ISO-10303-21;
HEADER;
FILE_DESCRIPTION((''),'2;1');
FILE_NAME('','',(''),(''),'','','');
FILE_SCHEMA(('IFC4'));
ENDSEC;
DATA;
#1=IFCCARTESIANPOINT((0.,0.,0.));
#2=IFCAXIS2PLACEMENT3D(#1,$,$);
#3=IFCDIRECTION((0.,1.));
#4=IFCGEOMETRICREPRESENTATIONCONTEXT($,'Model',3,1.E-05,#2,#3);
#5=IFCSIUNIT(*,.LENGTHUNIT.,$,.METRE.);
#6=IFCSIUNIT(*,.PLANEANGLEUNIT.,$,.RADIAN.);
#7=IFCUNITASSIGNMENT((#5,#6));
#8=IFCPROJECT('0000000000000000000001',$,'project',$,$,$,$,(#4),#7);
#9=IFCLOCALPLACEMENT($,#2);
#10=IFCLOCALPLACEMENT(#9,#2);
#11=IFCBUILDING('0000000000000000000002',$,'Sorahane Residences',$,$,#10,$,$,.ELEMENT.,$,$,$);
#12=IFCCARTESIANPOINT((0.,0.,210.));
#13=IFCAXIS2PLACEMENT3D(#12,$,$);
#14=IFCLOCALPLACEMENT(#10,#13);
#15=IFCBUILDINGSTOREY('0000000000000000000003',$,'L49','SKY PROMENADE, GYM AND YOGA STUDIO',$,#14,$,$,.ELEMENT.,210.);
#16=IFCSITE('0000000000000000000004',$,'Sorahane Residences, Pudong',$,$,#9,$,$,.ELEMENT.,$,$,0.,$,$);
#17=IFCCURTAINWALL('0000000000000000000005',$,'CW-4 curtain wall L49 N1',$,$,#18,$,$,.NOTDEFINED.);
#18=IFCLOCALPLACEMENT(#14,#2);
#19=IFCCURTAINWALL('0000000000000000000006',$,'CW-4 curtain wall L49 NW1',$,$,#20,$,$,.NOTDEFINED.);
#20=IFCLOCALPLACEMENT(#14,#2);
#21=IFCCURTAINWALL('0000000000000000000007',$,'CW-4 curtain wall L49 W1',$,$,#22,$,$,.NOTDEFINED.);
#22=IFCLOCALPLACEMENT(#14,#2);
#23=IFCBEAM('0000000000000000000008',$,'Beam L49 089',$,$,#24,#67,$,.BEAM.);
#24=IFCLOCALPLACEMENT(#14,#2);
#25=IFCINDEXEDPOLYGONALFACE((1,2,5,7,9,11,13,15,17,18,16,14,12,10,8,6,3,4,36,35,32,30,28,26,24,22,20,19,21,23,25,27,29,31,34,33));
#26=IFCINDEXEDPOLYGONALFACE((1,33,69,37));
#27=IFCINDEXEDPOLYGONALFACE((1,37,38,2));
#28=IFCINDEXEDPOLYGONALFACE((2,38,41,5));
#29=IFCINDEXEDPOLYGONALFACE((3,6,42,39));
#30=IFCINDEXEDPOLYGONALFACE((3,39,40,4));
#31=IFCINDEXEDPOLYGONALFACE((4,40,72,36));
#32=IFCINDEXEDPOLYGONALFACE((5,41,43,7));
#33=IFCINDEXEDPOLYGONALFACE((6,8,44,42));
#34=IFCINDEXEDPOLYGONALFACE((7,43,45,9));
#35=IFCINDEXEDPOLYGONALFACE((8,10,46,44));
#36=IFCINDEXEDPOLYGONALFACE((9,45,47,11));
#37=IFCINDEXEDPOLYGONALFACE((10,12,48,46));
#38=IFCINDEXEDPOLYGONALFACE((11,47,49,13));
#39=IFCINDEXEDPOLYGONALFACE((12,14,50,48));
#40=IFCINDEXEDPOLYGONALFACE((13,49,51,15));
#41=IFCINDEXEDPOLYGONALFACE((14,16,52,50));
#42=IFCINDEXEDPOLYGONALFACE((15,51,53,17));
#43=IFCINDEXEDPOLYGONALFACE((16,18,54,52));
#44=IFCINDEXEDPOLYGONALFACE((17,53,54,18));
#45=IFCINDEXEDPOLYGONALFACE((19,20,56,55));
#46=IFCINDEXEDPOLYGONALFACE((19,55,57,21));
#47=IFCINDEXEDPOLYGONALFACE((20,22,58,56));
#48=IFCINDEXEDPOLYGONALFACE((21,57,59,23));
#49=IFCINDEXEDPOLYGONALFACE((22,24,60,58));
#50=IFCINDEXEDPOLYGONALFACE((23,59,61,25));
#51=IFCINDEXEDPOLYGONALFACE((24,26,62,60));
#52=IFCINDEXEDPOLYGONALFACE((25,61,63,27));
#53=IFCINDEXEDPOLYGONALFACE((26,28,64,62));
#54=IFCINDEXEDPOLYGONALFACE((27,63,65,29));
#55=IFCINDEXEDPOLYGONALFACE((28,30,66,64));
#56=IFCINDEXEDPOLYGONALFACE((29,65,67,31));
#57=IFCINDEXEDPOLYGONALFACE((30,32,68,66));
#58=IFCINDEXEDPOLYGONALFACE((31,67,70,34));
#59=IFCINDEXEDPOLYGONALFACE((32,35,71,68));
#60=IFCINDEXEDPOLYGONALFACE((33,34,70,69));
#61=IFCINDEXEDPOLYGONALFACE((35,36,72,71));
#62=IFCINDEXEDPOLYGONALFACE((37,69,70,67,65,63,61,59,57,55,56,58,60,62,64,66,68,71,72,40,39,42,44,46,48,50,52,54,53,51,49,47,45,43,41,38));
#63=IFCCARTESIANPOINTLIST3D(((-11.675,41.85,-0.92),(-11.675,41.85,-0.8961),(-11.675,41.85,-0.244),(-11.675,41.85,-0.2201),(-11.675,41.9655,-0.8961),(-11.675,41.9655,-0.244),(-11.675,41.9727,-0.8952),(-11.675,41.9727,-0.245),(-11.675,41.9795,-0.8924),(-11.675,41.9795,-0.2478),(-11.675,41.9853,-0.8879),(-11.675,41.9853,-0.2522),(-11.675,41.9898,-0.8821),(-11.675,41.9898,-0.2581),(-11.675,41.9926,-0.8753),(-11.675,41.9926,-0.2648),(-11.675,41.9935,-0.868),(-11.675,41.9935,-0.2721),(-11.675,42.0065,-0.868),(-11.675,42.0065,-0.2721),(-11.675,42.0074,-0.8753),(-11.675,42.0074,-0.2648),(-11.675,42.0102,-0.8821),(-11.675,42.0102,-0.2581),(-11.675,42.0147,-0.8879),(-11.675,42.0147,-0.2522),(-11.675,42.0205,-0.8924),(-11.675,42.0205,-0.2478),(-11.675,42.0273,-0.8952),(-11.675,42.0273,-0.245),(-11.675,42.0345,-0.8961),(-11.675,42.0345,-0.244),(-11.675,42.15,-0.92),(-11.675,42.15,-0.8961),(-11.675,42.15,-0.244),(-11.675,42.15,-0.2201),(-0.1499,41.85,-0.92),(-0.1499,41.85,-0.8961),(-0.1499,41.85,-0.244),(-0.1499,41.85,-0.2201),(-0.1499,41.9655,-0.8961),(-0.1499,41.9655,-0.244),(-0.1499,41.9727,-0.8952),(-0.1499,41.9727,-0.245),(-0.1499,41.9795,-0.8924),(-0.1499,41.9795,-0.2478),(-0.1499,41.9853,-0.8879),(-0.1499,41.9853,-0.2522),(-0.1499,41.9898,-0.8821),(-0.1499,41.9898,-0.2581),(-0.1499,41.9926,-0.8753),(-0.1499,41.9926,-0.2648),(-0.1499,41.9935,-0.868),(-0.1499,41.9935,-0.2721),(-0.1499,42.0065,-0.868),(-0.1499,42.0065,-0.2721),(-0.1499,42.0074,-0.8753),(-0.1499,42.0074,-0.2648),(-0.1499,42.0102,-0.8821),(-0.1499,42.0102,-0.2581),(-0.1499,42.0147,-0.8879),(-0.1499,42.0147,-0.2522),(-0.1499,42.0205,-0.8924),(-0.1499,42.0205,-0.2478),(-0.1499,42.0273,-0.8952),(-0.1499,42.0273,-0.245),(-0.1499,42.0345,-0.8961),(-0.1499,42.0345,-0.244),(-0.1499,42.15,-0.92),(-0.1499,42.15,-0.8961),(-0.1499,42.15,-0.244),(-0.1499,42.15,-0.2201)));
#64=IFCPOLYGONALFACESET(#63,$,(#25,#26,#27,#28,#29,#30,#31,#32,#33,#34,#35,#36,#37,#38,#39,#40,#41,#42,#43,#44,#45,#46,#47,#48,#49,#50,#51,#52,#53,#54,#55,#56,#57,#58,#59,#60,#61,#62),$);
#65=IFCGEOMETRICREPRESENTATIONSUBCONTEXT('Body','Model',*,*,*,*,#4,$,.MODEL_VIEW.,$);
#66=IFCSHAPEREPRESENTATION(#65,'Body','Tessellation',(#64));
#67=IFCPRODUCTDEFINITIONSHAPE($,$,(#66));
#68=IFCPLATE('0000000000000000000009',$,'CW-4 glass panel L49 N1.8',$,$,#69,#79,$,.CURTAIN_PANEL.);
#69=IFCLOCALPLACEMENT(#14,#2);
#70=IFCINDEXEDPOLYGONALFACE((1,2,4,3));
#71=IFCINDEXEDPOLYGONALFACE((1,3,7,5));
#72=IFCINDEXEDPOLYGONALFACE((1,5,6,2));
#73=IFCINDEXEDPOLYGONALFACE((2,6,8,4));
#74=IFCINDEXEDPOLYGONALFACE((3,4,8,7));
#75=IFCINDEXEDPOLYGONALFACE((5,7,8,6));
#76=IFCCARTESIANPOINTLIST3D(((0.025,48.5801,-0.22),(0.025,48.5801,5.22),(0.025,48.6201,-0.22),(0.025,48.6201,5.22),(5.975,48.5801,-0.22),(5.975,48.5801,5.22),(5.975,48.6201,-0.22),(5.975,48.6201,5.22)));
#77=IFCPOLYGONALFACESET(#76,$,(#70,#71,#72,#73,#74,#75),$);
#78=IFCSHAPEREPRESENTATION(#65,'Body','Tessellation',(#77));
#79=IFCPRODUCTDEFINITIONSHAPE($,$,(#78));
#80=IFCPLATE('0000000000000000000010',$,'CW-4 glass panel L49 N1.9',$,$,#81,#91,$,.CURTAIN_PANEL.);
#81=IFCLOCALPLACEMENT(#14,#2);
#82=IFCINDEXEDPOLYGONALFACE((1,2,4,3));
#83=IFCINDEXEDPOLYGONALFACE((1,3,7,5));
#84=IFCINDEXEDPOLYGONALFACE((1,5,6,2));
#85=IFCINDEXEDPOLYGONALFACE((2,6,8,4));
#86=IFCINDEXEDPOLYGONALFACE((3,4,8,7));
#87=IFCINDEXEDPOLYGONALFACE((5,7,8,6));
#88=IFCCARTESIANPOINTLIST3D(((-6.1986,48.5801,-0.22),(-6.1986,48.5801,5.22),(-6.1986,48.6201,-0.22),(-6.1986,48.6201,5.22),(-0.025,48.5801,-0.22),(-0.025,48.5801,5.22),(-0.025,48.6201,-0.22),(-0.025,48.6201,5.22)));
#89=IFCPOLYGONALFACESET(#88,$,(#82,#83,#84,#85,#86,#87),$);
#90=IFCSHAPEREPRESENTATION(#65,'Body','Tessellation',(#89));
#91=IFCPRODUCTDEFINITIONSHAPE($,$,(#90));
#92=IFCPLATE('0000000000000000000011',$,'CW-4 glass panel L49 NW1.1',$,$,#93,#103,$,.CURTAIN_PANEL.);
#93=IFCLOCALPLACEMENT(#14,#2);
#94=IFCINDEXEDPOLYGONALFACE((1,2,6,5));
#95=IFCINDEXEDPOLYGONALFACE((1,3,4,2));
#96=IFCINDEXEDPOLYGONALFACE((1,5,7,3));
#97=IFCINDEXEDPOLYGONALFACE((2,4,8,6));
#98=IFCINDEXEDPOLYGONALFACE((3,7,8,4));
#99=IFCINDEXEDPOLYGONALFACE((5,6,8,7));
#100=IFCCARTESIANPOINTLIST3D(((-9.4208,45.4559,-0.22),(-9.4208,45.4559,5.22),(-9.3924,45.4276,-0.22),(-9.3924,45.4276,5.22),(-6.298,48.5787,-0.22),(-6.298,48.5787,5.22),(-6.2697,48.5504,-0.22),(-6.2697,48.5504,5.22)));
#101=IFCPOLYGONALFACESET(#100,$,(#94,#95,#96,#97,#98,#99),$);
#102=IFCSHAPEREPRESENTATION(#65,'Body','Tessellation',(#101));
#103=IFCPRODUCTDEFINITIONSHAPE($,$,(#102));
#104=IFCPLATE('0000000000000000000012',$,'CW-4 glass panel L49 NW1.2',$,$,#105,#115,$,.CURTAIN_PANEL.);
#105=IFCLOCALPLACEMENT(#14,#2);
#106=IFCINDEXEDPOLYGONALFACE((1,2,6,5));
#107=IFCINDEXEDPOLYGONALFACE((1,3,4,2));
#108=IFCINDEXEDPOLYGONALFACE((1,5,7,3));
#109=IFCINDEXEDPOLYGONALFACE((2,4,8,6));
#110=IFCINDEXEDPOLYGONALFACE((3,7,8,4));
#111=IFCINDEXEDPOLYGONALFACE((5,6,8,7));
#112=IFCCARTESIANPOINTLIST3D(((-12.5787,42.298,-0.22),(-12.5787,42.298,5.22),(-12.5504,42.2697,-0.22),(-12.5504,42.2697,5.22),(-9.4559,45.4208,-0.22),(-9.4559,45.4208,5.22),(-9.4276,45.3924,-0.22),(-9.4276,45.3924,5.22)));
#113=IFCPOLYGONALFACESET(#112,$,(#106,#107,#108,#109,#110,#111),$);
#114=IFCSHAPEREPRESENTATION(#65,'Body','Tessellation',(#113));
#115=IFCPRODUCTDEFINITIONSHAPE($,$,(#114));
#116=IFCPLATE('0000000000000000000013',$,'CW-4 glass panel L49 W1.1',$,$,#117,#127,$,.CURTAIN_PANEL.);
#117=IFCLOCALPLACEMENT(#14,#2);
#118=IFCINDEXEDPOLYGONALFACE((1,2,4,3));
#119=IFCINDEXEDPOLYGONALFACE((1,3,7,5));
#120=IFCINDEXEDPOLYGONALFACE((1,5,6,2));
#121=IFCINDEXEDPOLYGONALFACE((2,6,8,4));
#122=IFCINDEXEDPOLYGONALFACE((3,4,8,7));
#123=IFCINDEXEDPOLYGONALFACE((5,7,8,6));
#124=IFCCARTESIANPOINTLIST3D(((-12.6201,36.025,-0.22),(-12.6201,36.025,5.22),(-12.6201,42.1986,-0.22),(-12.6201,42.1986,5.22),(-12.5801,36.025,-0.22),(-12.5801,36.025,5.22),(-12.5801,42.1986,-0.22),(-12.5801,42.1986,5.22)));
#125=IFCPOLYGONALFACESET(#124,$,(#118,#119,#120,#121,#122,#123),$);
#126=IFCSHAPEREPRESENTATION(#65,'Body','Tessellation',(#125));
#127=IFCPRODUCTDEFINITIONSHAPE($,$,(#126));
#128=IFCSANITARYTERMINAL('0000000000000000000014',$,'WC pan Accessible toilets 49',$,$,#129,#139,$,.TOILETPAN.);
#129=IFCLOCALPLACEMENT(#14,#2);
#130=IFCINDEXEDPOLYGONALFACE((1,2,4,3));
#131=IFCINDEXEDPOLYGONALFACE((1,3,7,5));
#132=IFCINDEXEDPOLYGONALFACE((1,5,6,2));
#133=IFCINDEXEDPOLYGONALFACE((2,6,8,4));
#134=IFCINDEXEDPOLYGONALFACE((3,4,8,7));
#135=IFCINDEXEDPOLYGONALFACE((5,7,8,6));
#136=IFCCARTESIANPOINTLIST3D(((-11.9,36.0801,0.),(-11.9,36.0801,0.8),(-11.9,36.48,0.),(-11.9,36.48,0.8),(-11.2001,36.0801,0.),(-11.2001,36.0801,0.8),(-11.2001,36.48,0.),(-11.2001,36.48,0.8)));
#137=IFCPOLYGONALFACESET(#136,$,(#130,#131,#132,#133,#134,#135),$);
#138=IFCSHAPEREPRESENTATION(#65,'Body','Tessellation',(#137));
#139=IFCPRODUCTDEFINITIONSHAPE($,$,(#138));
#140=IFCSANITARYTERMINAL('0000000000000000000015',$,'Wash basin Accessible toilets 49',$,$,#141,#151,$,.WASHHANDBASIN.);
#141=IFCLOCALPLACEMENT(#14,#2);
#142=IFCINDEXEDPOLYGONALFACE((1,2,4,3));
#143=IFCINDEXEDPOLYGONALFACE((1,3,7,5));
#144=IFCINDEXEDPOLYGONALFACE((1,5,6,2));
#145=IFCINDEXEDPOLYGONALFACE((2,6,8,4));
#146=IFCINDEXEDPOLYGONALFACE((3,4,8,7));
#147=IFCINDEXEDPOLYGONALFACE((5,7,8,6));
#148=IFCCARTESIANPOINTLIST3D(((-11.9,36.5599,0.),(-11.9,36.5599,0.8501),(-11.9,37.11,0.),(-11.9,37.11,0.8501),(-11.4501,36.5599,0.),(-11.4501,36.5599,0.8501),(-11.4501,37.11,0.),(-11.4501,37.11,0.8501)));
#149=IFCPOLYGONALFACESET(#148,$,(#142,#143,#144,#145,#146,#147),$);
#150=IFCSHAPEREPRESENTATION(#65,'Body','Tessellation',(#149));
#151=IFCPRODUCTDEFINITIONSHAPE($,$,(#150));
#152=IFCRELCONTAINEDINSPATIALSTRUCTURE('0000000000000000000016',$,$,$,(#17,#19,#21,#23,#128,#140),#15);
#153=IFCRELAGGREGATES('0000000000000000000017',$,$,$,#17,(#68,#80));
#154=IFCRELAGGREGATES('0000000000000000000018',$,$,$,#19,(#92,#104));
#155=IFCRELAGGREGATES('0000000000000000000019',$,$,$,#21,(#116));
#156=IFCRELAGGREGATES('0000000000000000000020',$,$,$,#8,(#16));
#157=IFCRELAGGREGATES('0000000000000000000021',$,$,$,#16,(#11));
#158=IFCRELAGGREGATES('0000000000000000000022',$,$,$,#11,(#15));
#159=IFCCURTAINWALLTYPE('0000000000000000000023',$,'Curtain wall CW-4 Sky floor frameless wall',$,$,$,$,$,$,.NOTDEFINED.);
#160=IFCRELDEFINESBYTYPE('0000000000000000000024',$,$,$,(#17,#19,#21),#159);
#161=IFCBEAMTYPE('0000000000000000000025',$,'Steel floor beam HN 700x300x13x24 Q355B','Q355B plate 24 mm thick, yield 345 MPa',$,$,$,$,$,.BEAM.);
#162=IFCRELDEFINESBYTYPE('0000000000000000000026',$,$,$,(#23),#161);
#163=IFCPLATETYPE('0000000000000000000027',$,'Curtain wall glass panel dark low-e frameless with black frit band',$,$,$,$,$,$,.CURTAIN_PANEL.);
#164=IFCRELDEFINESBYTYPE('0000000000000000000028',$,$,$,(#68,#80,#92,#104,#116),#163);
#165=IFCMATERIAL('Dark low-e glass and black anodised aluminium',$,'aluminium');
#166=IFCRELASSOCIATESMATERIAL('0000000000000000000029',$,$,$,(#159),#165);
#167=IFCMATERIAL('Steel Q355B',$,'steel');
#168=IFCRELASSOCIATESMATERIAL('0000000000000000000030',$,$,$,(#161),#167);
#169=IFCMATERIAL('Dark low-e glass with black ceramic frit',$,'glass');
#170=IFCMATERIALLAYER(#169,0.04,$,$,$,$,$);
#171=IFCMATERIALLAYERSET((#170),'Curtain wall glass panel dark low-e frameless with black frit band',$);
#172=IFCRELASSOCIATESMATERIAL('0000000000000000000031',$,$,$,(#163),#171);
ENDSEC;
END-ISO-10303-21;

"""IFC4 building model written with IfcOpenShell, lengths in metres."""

from ifc_helpers import new_model, si_unit, direction, frame, origin, origin_2d, place, context, subcontext, project, spatial, rectangle, i_section, extrude, material, layer, layer_set, material_profile, profile_set, type_object, element, aggregate, save


model = new_model("IFC4")

# Units and contexts
model_context = context("Model", 3, precision=1e-05, world=origin(), true_north=direction((0.0, 1.0)))
body_context = subcontext(model_context, "Body", "Model", "MODEL_VIEW")
ifc_project = project(units=[si_unit("LENGTHUNIT", "METRE"), si_unit("PLANEANGLEUNIT", "RADIAN")], contexts=[model_context])

# Site, building, storey
site_placement = place(None, origin())
site = spatial("IfcSite", under=ifc_project, at=site_placement, Name="Sorahane Residences, Pudong", CompositionType="ELEMENT", RefElevation=0.0)
building_placement = place(site_placement, origin())
building = spatial("IfcBuilding", under=site, at=building_placement, Name="Sorahane Residences", CompositionType="ELEMENT")
storey_placement = place(building_placement, frame((0.0, 0.0, 210.0)))
storey = spatial("IfcBuildingStorey", under=building, at=storey_placement, Name="L49", Description="SKY PROMENADE, GYM AND YOGA STUDIO", CompositionType="ELEMENT", Elevation=210.0)

# Curtain walls
ifc_material_1 = material(Name="Dark low-e glass and black anodised aluminium", Category="aluminium")
curtain_wall_type = type_object("IfcCurtainWallType", Name="Curtain wall CW-4 Sky floor frameless wall", PredefinedType="NOTDEFINED", material=ifc_material_1)
curtain_wall_1_placement = place(storey_placement, origin())
curtain_wall_1 = element("IfcCurtainWall", 1, at=curtain_wall_1_placement, inside=storey, type_object=curtain_wall_type, Name="CW-4 curtain wall L49 N1", PredefinedType="NOTDEFINED")
curtain_wall_2_placement = place(storey_placement, origin())
curtain_wall_2 = element("IfcCurtainWall", 2, at=curtain_wall_2_placement, inside=storey, type_object=curtain_wall_type, Name="CW-4 curtain wall L49 NW1", PredefinedType="NOTDEFINED")

# Curtain wall
curtain_wall_3_placement = place(storey_placement, origin())
curtain_wall_3 = element("IfcCurtainWall", 3, at=curtain_wall_3_placement, inside=storey, type_object=curtain_wall_type, Name="CW-4 curtain wall L49 W1", PredefinedType="NOTDEFINED")

# Beam
ifc_material_2 = material(Name="Steel Q355B", Category="steel")
ifc_material_profile_1 = material_profile(ifc_material_2, i_section(OverallWidth=0.3, OverallDepth=0.7, WebThickness=0.0129, FlangeThickness=0.0239, FilletRadius=0.0281, at=origin_2d()), Name="HN 700x300x13x24")
ifc_profile_set_1 = profile_set([ifc_material_profile_1], Name="Steel Q355B")
beam_type_1 = type_object("IfcBeamType", Name="Steel floor beam HN 700x300x13x24 Q355B", Description="Q355B plate 24 mm thick, yield 345 MPa", PredefinedType="BEAM", material=ifc_profile_set_1)
beam_1_placement = place(storey_placement, frame((-11.675, 42.0, -0.5701), z_axis=(1.0, 0.0, 0.0), x_axis=(0.0, 1.0, 0.0)))
element("IfcBeam", 4, at=beam_1_placement, inside=storey, type_object=beam_type_1, Name="Beam L49 089", PredefinedType="BEAM", context=body_context, shape_type="SweptSolid", body=[
    extrude(i_section(OverallWidth=0.3, OverallDepth=0.7, WebThickness=0.0129, FlangeThickness=0.0239, FilletRadius=0.0281, at=origin_2d()), origin(), (0.0, 0.0, 1.0), 11.5251),
])

# Plates
ifc_material_3 = material(Name="Dark low-e glass with black ceramic frit", Category="glass")
ifc_layer = layer(ifc_material_3, 0.04)
ifc_layer_set = layer_set([ifc_layer], Name="Curtain wall glass panel dark low-e frameless with black frit band")
plate_type = type_object("IfcPlateType", Name="Curtain wall glass panel dark low-e frameless with black frit band", PredefinedType="CURTAIN_PANEL", material=ifc_layer_set)
plate_1_placement = place(storey_placement, frame((3.0, 48.6001, -0.22), z_axis=(0.0, 0.0, 1.0), x_axis=(-1.0, 0.0, 0.0)))
plate_1 = element("IfcPlate", 5, at=plate_1_placement, type_object=plate_type, Name="CW-4 glass panel L49 N1.8", PredefinedType="CURTAIN_PANEL", context=body_context, shape_type="SweptSolid", body=[
    extrude(rectangle(XDim=5.95, YDim=0.04, at=origin_2d()), origin(), (0.0, 0.0, 1.0), 5.4399),
])
plate_2_placement = place(storey_placement, frame((-3.1118, 48.6001, -0.22), z_axis=(0.0, 0.0, 1.0), x_axis=(-1.0, 0.0, 0.0)))
plate_2 = element("IfcPlate", 6, at=plate_2_placement, type_object=plate_type, Name="CW-4 glass panel L49 N1.9", PredefinedType="CURTAIN_PANEL", context=body_context, shape_type="SweptSolid", body=[
    extrude(rectangle(XDim=6.1736, YDim=0.04, at=origin_2d()), origin(), (0.0, 0.0, 1.0), 5.4399),
])
aggregate(curtain_wall_1, [plate_1, plate_2])
plate_3_placement = place(storey_placement, frame((-7.8452, 47.0032, -0.22), z_axis=(0.0, 0.0, 1.0), x_axis=(-0.707107, -0.707107, 0.0)))
plate_3 = element("IfcPlate", 7, at=plate_3_placement, type_object=plate_type, Name="CW-4 glass panel L49 NW1.1", PredefinedType="CURTAIN_PANEL", context=body_context, shape_type="SweptSolid", body=[
    extrude(rectangle(XDim=4.4163, YDim=0.04, at=origin_2d()), origin(), (0.0, 0.0, 1.0), 5.4399),
])
plate_4_placement = place(storey_placement, frame((-11.0032, 43.8452, -0.22), z_axis=(0.0, 0.0, 1.0), x_axis=(-0.707107, -0.707107, 0.0)))
plate_4 = element("IfcPlate", 8, at=plate_4_placement, type_object=plate_type, Name="CW-4 glass panel L49 NW1.2", PredefinedType="CURTAIN_PANEL", context=body_context, shape_type="SweptSolid", body=[
    extrude(rectangle(XDim=4.4163, YDim=0.04, at=origin_2d()), origin(), (0.0, 0.0, 1.0), 5.4399),
])
aggregate(curtain_wall_2, [plate_3, plate_4])
plate_5_placement = place(storey_placement, frame((-12.6001, 39.1118, -0.22), z_axis=(0.0, 0.0, 1.0), x_axis=(0.0, -1.0, 0.0)))
plate_5 = element("IfcPlate", 9, at=plate_5_placement, type_object=plate_type, Name="CW-4 glass panel L49 W1.1", PredefinedType="CURTAIN_PANEL", context=body_context, shape_type="SweptSolid", body=[
    extrude(rectangle(XDim=6.1736, YDim=0.04, at=origin_2d()), origin(), (0.0, 0.0, 1.0), 5.4399),
])
aggregate(curtain_wall_3, [plate_5])

# Sanitary terminals
sanitary_terminal_1_placement = place(storey_placement, frame((-11.55, 36.28, 0.0), z_axis=(0.0, 0.0, 1.0), x_axis=(0.0, 1.0, 0.0)))
element("IfcSanitaryTerminal", 10, at=sanitary_terminal_1_placement, inside=storey, Name="WC pan Accessible toilets 49", PredefinedType="TOILETPAN", context=body_context, shape_type="SweptSolid", body=[
    extrude(rectangle(XDim=0.3999, YDim=0.7, at=origin_2d()), origin(), (0.0, 0.0, 1.0), 0.8),
])
sanitary_terminal_2_placement = place(storey_placement, frame((-11.675, 36.835, 0.0), z_axis=(0.0, 0.0, 1.0), x_axis=(0.0, 1.0, 0.0)))
element("IfcSanitaryTerminal", 11, at=sanitary_terminal_2_placement, inside=storey, Name="Wash basin Accessible toilets 49", PredefinedType="WASHHANDBASIN", context=body_context, shape_type="SweptSolid", body=[
    extrude(rectangle(XDim=0.55, YDim=0.45, at=origin_2d()), origin(), (0.0, 0.0, 1.0), 0.8501),
])

save(model, "model.ifc")
